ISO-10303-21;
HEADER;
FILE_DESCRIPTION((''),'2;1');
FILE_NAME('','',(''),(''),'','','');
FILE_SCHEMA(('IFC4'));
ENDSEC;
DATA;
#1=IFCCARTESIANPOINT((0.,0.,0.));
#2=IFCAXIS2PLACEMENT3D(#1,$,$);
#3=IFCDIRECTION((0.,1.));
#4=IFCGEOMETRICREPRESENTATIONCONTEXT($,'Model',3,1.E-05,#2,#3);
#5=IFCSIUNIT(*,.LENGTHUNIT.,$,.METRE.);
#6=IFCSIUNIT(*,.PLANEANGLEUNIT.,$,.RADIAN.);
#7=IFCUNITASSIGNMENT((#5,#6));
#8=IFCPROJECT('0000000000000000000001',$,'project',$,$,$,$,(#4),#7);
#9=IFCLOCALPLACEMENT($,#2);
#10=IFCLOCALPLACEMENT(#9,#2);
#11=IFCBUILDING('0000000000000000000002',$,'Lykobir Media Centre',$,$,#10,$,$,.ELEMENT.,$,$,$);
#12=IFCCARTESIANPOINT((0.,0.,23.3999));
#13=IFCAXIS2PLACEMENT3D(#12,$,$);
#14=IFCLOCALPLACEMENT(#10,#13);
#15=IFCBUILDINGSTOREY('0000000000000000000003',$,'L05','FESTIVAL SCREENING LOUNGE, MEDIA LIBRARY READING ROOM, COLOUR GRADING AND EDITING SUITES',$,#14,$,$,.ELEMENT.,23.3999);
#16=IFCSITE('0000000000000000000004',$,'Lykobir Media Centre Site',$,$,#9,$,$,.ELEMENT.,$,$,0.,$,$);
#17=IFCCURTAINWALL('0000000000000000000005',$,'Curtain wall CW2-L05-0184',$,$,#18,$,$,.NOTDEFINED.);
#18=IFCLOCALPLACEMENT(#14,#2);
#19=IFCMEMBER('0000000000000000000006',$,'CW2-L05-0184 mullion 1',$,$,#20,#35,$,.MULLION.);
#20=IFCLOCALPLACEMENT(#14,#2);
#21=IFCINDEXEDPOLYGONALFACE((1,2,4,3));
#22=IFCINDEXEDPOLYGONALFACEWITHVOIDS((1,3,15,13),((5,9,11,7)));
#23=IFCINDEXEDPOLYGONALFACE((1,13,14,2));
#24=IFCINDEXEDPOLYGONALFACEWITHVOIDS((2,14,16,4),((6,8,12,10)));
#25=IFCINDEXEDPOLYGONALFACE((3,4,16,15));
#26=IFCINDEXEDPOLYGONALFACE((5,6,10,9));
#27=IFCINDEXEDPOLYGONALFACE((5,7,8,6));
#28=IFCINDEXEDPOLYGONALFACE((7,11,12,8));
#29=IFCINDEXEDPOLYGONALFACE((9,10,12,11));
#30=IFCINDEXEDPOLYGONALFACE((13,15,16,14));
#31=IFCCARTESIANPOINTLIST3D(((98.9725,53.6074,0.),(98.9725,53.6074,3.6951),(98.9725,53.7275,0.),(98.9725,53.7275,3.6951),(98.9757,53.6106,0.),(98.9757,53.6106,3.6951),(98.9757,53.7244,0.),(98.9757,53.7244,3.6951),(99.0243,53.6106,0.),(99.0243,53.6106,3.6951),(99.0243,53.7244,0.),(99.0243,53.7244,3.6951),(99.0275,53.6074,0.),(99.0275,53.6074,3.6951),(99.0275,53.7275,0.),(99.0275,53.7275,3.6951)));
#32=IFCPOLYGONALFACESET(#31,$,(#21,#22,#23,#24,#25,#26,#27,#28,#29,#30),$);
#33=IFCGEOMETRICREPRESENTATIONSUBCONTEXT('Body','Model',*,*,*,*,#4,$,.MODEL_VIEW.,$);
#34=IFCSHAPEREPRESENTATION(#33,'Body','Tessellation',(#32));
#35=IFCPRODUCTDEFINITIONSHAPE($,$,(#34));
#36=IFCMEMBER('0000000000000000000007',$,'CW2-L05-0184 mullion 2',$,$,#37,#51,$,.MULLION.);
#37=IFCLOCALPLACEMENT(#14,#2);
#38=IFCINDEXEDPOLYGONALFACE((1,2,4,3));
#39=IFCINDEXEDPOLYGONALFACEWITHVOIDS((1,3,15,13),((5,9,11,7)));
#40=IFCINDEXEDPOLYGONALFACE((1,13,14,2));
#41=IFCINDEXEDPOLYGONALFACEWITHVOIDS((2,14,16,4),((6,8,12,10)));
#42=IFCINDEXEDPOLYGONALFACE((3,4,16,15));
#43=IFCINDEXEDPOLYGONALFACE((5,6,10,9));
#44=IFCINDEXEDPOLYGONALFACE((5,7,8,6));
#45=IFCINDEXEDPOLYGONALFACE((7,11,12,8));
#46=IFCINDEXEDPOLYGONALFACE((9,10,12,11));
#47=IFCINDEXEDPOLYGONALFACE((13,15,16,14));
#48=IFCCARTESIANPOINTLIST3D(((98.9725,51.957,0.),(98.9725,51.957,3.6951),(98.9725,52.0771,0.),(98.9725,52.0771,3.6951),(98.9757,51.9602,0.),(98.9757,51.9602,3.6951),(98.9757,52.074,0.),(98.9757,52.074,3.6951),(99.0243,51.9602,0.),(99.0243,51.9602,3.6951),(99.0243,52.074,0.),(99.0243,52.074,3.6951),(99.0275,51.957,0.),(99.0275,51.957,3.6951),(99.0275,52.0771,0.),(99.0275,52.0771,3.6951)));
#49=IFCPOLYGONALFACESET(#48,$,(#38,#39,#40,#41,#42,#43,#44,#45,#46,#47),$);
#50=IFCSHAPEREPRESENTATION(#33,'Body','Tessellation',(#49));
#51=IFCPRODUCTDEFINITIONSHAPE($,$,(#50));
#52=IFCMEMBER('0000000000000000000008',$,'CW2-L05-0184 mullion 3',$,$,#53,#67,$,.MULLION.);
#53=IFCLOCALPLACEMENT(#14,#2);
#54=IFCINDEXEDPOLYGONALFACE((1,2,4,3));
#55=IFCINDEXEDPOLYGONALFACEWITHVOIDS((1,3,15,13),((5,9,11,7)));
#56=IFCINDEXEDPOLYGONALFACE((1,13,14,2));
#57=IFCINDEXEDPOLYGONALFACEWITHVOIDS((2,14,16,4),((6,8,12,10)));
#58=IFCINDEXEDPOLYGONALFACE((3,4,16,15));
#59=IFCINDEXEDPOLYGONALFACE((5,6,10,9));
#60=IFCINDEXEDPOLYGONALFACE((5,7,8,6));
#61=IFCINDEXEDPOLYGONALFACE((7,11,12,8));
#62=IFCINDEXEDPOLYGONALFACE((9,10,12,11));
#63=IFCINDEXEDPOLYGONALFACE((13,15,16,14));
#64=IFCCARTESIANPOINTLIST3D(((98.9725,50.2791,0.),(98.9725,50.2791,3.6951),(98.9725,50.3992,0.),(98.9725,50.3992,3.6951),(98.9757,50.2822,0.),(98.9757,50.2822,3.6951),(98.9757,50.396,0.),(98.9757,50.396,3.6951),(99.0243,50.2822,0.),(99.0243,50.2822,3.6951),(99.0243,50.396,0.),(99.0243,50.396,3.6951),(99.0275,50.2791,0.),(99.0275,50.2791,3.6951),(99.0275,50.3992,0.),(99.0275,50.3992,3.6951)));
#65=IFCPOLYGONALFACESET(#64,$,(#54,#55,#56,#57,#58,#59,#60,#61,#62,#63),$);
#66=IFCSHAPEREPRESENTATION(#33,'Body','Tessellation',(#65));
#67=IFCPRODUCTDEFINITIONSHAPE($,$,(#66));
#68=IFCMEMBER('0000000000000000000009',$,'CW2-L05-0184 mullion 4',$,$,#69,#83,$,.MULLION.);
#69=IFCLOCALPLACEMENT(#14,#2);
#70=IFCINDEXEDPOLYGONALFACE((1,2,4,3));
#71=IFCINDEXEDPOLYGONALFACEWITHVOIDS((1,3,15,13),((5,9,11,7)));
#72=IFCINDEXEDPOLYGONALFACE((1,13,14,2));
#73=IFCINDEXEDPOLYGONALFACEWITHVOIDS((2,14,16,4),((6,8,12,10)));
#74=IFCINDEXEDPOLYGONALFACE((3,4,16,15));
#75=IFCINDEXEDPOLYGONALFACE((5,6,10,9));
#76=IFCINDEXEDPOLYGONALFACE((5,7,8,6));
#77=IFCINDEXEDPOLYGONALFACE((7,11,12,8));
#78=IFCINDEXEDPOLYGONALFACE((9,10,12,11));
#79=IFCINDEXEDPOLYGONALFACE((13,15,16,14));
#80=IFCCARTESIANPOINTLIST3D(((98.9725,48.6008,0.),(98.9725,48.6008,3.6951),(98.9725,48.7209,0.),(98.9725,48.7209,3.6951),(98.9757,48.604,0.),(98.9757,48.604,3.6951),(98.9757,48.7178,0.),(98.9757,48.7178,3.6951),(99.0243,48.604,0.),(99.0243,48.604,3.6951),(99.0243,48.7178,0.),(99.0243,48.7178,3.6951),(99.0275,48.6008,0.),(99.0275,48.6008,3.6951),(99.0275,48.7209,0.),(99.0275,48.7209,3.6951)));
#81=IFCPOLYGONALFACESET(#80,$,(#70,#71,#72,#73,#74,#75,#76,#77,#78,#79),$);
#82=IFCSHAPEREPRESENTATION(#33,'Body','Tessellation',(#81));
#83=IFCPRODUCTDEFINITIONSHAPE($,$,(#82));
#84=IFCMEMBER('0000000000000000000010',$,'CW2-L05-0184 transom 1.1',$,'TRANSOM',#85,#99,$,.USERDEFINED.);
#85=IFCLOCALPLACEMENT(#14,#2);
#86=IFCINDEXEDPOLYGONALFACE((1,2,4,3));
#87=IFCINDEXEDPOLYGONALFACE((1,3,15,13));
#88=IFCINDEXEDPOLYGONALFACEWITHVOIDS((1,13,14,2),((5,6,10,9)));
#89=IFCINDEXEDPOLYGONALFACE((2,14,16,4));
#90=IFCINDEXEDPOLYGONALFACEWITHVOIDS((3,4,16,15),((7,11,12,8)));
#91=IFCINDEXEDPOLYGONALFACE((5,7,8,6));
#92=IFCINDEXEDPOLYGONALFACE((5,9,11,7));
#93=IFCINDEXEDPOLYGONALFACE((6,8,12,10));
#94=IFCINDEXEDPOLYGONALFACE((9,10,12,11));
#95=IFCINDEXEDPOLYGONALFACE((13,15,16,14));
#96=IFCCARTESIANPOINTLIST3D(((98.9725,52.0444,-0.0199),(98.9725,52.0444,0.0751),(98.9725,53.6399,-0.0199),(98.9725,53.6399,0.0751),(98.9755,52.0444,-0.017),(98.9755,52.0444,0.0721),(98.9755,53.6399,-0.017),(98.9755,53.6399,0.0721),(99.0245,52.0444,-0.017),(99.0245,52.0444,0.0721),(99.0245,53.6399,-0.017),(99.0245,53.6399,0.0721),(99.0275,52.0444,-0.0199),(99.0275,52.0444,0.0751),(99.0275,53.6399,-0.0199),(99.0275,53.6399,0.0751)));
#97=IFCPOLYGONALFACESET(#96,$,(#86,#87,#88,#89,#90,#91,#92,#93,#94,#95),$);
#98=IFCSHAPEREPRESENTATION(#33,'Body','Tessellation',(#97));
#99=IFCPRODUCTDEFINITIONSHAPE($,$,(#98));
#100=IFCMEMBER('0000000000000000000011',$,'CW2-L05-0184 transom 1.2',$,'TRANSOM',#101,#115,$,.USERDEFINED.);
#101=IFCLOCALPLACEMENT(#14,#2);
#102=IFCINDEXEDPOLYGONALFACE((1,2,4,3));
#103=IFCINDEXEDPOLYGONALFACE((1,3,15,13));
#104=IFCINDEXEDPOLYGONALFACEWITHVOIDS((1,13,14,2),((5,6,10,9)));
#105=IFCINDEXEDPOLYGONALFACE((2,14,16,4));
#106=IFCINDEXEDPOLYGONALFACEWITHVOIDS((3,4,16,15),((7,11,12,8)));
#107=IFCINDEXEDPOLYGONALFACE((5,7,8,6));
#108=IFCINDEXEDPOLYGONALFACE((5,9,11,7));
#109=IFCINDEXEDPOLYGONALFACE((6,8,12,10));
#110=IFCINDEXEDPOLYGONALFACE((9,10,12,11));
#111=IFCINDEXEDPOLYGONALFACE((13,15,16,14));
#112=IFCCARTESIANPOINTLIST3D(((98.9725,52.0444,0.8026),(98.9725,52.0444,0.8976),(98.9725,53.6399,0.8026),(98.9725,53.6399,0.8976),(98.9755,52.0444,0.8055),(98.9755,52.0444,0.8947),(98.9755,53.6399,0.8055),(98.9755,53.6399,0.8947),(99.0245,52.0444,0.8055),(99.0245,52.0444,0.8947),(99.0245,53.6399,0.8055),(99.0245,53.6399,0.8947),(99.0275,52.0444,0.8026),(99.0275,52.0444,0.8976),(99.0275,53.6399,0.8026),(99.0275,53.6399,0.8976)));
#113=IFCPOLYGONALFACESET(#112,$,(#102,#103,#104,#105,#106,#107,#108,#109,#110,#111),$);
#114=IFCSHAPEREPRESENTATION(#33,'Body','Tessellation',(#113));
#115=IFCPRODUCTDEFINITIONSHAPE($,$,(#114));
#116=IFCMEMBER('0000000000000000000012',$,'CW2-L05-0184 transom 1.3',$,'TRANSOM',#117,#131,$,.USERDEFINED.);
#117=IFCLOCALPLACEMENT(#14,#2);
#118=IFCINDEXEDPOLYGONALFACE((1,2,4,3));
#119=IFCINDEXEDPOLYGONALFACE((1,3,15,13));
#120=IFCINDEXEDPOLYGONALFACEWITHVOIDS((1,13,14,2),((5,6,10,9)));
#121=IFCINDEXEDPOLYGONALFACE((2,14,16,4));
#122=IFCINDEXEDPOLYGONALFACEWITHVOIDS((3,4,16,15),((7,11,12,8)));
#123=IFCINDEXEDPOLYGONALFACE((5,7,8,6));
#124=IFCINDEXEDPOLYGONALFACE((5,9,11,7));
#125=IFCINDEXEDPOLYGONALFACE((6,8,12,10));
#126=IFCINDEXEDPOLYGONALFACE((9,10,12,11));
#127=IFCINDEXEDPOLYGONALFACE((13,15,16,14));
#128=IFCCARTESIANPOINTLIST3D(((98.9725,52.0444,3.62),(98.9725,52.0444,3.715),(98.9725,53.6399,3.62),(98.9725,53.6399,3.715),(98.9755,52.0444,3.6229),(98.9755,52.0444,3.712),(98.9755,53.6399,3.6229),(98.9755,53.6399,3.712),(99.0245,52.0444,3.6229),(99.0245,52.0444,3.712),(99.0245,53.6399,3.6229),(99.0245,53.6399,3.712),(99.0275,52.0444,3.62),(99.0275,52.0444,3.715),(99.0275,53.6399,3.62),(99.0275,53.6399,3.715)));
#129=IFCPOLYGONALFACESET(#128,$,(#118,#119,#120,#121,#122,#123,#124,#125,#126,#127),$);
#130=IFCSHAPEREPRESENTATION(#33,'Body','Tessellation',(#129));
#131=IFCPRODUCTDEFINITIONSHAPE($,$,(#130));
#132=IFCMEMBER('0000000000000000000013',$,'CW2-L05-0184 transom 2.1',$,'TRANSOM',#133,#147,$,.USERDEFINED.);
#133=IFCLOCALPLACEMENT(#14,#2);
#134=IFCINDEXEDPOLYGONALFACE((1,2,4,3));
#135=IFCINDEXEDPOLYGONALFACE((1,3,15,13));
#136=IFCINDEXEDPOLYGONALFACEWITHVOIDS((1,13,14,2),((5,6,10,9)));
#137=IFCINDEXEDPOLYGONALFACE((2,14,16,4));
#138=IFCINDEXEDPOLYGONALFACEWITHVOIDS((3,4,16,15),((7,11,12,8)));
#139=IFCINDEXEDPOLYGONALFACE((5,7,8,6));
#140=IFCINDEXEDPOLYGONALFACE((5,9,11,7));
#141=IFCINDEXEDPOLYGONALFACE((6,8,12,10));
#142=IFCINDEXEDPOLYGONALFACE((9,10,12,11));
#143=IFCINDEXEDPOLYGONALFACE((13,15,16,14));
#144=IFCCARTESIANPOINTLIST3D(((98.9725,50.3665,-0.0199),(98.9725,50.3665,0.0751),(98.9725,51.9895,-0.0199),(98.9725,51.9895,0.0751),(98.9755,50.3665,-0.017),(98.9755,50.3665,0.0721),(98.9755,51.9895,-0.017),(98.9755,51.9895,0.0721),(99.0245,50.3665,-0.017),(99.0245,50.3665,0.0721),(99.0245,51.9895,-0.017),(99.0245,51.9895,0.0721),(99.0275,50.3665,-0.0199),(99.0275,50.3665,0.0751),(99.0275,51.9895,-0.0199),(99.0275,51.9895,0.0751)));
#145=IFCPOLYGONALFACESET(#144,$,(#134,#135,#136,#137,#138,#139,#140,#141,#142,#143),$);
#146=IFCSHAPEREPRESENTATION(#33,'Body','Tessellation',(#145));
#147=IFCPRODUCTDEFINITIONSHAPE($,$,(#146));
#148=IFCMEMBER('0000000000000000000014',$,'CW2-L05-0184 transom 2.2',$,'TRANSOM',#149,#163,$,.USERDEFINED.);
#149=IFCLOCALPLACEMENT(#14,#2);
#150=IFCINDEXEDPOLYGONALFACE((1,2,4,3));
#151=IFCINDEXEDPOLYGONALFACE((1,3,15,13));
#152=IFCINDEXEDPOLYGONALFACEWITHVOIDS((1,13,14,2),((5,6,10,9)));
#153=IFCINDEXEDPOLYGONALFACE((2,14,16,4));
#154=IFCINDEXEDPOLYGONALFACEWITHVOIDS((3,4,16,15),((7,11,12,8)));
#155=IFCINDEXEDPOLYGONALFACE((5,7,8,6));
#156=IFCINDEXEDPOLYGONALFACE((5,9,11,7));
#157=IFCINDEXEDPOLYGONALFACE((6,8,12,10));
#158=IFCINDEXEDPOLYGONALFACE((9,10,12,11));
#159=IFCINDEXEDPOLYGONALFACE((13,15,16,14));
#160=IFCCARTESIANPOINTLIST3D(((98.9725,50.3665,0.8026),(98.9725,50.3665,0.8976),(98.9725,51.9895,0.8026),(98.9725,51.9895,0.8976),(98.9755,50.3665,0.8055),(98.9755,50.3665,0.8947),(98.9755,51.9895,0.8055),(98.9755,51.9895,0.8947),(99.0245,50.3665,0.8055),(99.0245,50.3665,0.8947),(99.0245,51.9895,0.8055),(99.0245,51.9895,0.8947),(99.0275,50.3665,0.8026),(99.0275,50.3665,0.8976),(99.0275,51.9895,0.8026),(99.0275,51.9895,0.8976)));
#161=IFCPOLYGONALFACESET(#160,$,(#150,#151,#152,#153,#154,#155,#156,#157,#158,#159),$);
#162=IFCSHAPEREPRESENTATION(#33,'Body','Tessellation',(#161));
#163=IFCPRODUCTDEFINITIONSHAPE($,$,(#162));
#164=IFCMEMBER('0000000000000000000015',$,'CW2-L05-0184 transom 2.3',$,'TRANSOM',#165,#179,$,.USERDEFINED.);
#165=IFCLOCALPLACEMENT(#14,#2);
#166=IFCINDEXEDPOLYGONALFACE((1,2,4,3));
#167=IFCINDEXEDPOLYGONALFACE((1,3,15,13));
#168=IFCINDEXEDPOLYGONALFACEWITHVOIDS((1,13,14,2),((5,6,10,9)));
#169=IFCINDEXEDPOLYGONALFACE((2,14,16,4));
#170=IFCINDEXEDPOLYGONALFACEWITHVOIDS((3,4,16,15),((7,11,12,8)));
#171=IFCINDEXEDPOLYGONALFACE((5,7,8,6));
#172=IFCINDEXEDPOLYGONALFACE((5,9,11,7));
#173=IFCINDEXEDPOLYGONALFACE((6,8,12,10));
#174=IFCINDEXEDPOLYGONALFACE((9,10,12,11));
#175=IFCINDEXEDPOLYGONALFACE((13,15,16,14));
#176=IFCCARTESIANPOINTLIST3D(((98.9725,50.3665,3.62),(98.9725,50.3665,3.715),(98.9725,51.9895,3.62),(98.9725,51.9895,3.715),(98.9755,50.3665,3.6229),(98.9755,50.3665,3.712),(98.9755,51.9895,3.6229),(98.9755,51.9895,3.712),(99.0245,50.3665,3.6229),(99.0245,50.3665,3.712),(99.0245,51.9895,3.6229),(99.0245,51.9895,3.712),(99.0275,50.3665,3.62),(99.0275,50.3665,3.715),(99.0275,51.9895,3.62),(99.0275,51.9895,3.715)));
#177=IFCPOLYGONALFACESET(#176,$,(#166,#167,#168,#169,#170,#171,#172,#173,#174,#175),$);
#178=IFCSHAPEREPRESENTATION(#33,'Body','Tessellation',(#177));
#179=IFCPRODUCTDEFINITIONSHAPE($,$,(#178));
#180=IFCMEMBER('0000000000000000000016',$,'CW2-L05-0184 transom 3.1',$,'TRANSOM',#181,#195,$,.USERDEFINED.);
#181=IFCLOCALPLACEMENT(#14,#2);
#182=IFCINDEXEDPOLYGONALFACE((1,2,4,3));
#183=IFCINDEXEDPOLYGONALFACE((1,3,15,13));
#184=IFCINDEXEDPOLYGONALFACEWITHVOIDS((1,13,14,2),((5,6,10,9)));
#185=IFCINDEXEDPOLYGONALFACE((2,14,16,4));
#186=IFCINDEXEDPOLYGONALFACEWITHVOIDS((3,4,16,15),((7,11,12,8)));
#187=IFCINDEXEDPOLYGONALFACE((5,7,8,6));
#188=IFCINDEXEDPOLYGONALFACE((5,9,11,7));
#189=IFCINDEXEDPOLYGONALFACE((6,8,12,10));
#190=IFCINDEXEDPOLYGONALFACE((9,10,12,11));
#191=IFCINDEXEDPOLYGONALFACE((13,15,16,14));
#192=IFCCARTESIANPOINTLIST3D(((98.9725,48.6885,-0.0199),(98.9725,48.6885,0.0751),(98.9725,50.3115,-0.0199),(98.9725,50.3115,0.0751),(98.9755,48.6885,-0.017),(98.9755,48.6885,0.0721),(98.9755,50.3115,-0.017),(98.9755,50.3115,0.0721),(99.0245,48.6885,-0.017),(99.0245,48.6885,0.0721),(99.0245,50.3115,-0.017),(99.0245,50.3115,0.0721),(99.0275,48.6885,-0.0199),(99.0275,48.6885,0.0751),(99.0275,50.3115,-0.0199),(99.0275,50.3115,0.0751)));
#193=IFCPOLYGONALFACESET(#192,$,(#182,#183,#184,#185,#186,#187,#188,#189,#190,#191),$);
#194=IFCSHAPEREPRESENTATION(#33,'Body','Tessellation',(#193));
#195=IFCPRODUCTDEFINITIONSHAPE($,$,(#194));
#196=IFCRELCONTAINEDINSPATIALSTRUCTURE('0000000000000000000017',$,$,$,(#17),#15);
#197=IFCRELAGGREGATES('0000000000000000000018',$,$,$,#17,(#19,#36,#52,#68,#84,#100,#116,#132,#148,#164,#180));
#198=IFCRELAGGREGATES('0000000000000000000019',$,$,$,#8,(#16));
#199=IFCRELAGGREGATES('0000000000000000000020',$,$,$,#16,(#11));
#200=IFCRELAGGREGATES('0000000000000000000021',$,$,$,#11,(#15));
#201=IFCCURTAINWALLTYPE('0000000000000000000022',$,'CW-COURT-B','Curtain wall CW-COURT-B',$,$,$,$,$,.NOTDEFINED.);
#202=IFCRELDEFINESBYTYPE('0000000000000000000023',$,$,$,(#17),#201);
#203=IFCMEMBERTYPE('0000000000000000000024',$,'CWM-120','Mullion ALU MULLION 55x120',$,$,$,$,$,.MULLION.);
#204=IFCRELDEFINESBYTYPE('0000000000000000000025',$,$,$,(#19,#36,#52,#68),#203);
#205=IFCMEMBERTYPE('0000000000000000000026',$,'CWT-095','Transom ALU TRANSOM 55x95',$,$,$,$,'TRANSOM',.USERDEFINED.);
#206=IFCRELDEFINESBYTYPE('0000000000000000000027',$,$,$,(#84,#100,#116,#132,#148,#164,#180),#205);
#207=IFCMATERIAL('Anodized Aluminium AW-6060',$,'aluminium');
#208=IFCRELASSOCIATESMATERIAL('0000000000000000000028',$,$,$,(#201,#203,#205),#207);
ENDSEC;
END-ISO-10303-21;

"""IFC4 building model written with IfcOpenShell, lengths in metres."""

from ifc_helpers import new_model, si_unit, direction, frame, origin, origin_2d, place, context, subcontext, project, spatial, hollow_rectangle, extrude, material, material_profile, profile_set, type_object, element, aggregate, save


model = new_model("IFC4")

# Units and contexts
model_context = context("Model", 3, precision=1e-05, world=origin(), true_north=direction((0.0, 1.0)))
body_context = subcontext(model_context, "Body", "Model", "MODEL_VIEW")
ifc_project = project(units=[si_unit("LENGTHUNIT", "METRE"), si_unit("PLANEANGLEUNIT", "RADIAN")], contexts=[model_context])

# Site, building, storey
site_placement = place(None, origin())
site = spatial("IfcSite", under=ifc_project, at=site_placement, Name="Lykobir Media Centre Site", CompositionType="ELEMENT", RefElevation=0.0)
building_placement = place(site_placement, origin())
building = spatial("IfcBuilding", under=site, at=building_placement, Name="Lykobir Media Centre", CompositionType="ELEMENT")
storey_placement = place(building_placement, frame((0.0, 0.0, 23.3999)))
storey = spatial("IfcBuildingStorey", under=building, at=storey_placement, Name="L05", Description="FESTIVAL SCREENING LOUNGE, MEDIA LIBRARY READING ROOM, COLOUR GRADING AND EDITING SUITES", CompositionType="ELEMENT", Elevation=23.3999)

# Curtain wall, members
ifc_material_1 = material(Name="Anodized Aluminium AW-6060", Category="aluminium")
curtain_wall_type = type_object("IfcCurtainWallType", Name="CW-COURT-B", Description="Curtain wall CW-COURT-B", PredefinedType="NOTDEFINED", material=ifc_material_1)
curtain_wall_placement = place(storey_placement, origin())
curtain_wall = element("IfcCurtainWall", 1, at=curtain_wall_placement, inside=storey, type_object=curtain_wall_type, Name="Curtain wall CW2-L05-0184", PredefinedType="NOTDEFINED")
ifc_material_profile_1 = material_profile(ifc_material_1, hollow_rectangle(XDim=0.0549, YDim=0.1201, WallThickness=0.0032, at=origin_2d()), Name="ALU MULLION 55x120")
ifc_profile_set_1 = profile_set([ifc_material_profile_1], Name="Anodized Aluminium AW-6060")
member_type_1 = type_object("IfcMemberType", Name="CWM-120", Description="Mullion ALU MULLION 55x120", PredefinedType="MULLION", material=ifc_profile_set_1)
member_1_placement = place(storey_placement, frame((99.0, 53.6675, 0.0), z_axis=(0.0, 0.0, 1.0), x_axis=(1.0, 0.0, 0.0)))
member_1 = element("IfcMember", 2, at=member_1_placement, type_object=member_type_1, Name="CW2-L05-0184 mullion 1", PredefinedType="MULLION", context=body_context, shape_type="SweptSolid", body=[
    extrude(hollow_rectangle(XDim=0.0549, YDim=0.1201, WallThickness=0.0032, at=origin_2d()), origin(), (0.0, 0.0, 1.0), 3.6951),
])
member_2_placement = place(storey_placement, frame((99.0, 52.0171, 0.0), z_axis=(0.0, 0.0, 1.0), x_axis=(1.0, 0.0, 0.0)))
member_2 = element("IfcMember", 3, at=member_2_placement, type_object=member_type_1, Name="CW2-L05-0184 mullion 2", PredefinedType="MULLION", context=body_context, shape_type="SweptSolid", body=[
    extrude(hollow_rectangle(XDim=0.0549, YDim=0.1201, WallThickness=0.0032, at=origin_2d()), origin(), (0.0, 0.0, 1.0), 3.6951),
])
member_3_placement = place(storey_placement, frame((99.0, 50.3391, 0.0), z_axis=(0.0, 0.0, 1.0), x_axis=(1.0, 0.0, 0.0)))
member_3 = element("IfcMember", 4, at=member_3_placement, type_object=member_type_1, Name="CW2-L05-0184 mullion 3", PredefinedType="MULLION", context=body_context, shape_type="SweptSolid", body=[
    extrude(hollow_rectangle(XDim=0.0549, YDim=0.1201, WallThickness=0.0032, at=origin_2d()), origin(), (0.0, 0.0, 1.0), 3.6951),
])
member_4_placement = place(storey_placement, frame((99.0, 48.6609, 0.0), z_axis=(0.0, 0.0, 1.0), x_axis=(1.0, 0.0, 0.0)))
member_4 = element("IfcMember", 5, at=member_4_placement, type_object=member_type_1, Name="CW2-L05-0184 mullion 4", PredefinedType="MULLION", context=body_context, shape_type="SweptSolid", body=[
    extrude(hollow_rectangle(XDim=0.0549, YDim=0.1201, WallThickness=0.0032, at=origin_2d()), origin(), (0.0, 0.0, 1.0), 3.6951),
])
ifc_material_profile_2 = material_profile(ifc_material_1, hollow_rectangle(XDim=0.0549, YDim=0.095, WallThickness=0.0029, at=origin_2d()), Name="ALU TRANSOM 55x95")
ifc_profile_set_2 = profile_set([ifc_material_profile_2], Name="Anodized Aluminium AW-6060")
member_type_2 = type_object("IfcMemberType", Name="CWT-095", Description="Transom ALU TRANSOM 55x95", ElementType="TRANSOM", PredefinedType="USERDEFINED", material=ifc_profile_set_2)
member_5_placement = place(storey_placement, frame((99.0, 53.6399, 0.0276), z_axis=(0.0, -1.0, 0.0), x_axis=(1.0, 0.0, 0.0)))
member_5 = element("IfcMember", 6, at=member_5_placement, type_object=member_type_2, Name="CW2-L05-0184 transom 1.1", ObjectType="TRANSOM", PredefinedType="USERDEFINED", context=body_context, shape_type="SweptSolid", body=[
    extrude(hollow_rectangle(XDim=0.0549, YDim=0.095, WallThickness=0.0029, at=origin_2d()), origin(), (0.0, 0.0, 1.0), 1.5955),
])
member_6_placement = place(storey_placement, frame((99.0, 53.6399, 0.8501), z_axis=(0.0, -1.0, 0.0), x_axis=(1.0, 0.0, 0.0)))
member_6 = element("IfcMember", 7, at=member_6_placement, type_object=member_type_2, Name="CW2-L05-0184 transom 1.2", ObjectType="TRANSOM", PredefinedType="USERDEFINED", context=body_context, shape_type="SweptSolid", body=[
    extrude(hollow_rectangle(XDim=0.0549, YDim=0.095, WallThickness=0.0029, at=origin_2d()), origin(), (0.0, 0.0, 1.0), 1.5955),
])
member_7_placement = place(storey_placement, frame((99.0, 53.6399, 3.6675), z_axis=(0.0, -1.0, 0.0), x_axis=(1.0, 0.0, 0.0)))
member_7 = element("IfcMember", 8, at=member_7_placement, type_object=member_type_2, Name="CW2-L05-0184 transom 1.3", ObjectType="TRANSOM", PredefinedType="USERDEFINED", context=body_context, shape_type="SweptSolid", body=[
    extrude(hollow_rectangle(XDim=0.0549, YDim=0.095, WallThickness=0.0029, at=origin_2d()), origin(), (0.0, 0.0, 1.0), 1.5955),
])
member_8_placement = place(storey_placement, frame((99.0, 51.9895, 0.0276), z_axis=(0.0, -1.0, 0.0), x_axis=(1.0, 0.0, 0.0)))
member_8 = element("IfcMember", 9, at=member_8_placement, type_object=member_type_2, Name="CW2-L05-0184 transom 2.1", ObjectType="TRANSOM", PredefinedType="USERDEFINED", context=body_context, shape_type="SweptSolid", body=[
    extrude(hollow_rectangle(XDim=0.0549, YDim=0.095, WallThickness=0.0029, at=origin_2d()), origin(), (0.0, 0.0, 1.0), 1.623),
])
member_9_placement = place(storey_placement, frame((99.0, 51.9895, 0.8501), z_axis=(0.0, -1.0, 0.0), x_axis=(1.0, 0.0, 0.0)))
member_9 = element("IfcMember", 10, at=member_9_placement, type_object=member_type_2, Name="CW2-L05-0184 transom 2.2", ObjectType="TRANSOM", PredefinedType="USERDEFINED", context=body_context, shape_type="SweptSolid", body=[
    extrude(hollow_rectangle(XDim=0.0549, YDim=0.095, WallThickness=0.0029, at=origin_2d()), origin(), (0.0, 0.0, 1.0), 1.623),
])
member_10_placement = place(storey_placement, frame((99.0, 51.9895, 3.6675), z_axis=(0.0, -1.0, 0.0), x_axis=(1.0, 0.0, 0.0)))
member_10 = element("IfcMember", 11, at=member_10_placement, type_object=member_type_2, Name="CW2-L05-0184 transom 2.3", ObjectType="TRANSOM", PredefinedType="USERDEFINED", context=body_context, shape_type="SweptSolid", body=[
    extrude(hollow_rectangle(XDim=0.0549, YDim=0.095, WallThickness=0.0029, at=origin_2d()), origin(), (0.0, 0.0, 1.0), 1.623),
])
member_11_placement = place(storey_placement, frame((99.0, 50.3115, 0.0276), z_axis=(0.0, -1.0, 0.0), x_axis=(1.0, 0.0, 0.0)))
member_11 = element("IfcMember", 12, at=member_11_placement, type_object=member_type_2, Name="CW2-L05-0184 transom 3.1", ObjectType="TRANSOM", PredefinedType="USERDEFINED", context=body_context, shape_type="SweptSolid", body=[
    extrude(hollow_rectangle(XDim=0.0549, YDim=0.095, WallThickness=0.0029, at=origin_2d()), origin(), (0.0, 0.0, 1.0), 1.623),
])

aggregate(curtain_wall, [member_1, member_2, member_3, member_4, member_5, member_6, member_7, member_8, member_9, member_10, member_11])

save(model, "model.ifc")
